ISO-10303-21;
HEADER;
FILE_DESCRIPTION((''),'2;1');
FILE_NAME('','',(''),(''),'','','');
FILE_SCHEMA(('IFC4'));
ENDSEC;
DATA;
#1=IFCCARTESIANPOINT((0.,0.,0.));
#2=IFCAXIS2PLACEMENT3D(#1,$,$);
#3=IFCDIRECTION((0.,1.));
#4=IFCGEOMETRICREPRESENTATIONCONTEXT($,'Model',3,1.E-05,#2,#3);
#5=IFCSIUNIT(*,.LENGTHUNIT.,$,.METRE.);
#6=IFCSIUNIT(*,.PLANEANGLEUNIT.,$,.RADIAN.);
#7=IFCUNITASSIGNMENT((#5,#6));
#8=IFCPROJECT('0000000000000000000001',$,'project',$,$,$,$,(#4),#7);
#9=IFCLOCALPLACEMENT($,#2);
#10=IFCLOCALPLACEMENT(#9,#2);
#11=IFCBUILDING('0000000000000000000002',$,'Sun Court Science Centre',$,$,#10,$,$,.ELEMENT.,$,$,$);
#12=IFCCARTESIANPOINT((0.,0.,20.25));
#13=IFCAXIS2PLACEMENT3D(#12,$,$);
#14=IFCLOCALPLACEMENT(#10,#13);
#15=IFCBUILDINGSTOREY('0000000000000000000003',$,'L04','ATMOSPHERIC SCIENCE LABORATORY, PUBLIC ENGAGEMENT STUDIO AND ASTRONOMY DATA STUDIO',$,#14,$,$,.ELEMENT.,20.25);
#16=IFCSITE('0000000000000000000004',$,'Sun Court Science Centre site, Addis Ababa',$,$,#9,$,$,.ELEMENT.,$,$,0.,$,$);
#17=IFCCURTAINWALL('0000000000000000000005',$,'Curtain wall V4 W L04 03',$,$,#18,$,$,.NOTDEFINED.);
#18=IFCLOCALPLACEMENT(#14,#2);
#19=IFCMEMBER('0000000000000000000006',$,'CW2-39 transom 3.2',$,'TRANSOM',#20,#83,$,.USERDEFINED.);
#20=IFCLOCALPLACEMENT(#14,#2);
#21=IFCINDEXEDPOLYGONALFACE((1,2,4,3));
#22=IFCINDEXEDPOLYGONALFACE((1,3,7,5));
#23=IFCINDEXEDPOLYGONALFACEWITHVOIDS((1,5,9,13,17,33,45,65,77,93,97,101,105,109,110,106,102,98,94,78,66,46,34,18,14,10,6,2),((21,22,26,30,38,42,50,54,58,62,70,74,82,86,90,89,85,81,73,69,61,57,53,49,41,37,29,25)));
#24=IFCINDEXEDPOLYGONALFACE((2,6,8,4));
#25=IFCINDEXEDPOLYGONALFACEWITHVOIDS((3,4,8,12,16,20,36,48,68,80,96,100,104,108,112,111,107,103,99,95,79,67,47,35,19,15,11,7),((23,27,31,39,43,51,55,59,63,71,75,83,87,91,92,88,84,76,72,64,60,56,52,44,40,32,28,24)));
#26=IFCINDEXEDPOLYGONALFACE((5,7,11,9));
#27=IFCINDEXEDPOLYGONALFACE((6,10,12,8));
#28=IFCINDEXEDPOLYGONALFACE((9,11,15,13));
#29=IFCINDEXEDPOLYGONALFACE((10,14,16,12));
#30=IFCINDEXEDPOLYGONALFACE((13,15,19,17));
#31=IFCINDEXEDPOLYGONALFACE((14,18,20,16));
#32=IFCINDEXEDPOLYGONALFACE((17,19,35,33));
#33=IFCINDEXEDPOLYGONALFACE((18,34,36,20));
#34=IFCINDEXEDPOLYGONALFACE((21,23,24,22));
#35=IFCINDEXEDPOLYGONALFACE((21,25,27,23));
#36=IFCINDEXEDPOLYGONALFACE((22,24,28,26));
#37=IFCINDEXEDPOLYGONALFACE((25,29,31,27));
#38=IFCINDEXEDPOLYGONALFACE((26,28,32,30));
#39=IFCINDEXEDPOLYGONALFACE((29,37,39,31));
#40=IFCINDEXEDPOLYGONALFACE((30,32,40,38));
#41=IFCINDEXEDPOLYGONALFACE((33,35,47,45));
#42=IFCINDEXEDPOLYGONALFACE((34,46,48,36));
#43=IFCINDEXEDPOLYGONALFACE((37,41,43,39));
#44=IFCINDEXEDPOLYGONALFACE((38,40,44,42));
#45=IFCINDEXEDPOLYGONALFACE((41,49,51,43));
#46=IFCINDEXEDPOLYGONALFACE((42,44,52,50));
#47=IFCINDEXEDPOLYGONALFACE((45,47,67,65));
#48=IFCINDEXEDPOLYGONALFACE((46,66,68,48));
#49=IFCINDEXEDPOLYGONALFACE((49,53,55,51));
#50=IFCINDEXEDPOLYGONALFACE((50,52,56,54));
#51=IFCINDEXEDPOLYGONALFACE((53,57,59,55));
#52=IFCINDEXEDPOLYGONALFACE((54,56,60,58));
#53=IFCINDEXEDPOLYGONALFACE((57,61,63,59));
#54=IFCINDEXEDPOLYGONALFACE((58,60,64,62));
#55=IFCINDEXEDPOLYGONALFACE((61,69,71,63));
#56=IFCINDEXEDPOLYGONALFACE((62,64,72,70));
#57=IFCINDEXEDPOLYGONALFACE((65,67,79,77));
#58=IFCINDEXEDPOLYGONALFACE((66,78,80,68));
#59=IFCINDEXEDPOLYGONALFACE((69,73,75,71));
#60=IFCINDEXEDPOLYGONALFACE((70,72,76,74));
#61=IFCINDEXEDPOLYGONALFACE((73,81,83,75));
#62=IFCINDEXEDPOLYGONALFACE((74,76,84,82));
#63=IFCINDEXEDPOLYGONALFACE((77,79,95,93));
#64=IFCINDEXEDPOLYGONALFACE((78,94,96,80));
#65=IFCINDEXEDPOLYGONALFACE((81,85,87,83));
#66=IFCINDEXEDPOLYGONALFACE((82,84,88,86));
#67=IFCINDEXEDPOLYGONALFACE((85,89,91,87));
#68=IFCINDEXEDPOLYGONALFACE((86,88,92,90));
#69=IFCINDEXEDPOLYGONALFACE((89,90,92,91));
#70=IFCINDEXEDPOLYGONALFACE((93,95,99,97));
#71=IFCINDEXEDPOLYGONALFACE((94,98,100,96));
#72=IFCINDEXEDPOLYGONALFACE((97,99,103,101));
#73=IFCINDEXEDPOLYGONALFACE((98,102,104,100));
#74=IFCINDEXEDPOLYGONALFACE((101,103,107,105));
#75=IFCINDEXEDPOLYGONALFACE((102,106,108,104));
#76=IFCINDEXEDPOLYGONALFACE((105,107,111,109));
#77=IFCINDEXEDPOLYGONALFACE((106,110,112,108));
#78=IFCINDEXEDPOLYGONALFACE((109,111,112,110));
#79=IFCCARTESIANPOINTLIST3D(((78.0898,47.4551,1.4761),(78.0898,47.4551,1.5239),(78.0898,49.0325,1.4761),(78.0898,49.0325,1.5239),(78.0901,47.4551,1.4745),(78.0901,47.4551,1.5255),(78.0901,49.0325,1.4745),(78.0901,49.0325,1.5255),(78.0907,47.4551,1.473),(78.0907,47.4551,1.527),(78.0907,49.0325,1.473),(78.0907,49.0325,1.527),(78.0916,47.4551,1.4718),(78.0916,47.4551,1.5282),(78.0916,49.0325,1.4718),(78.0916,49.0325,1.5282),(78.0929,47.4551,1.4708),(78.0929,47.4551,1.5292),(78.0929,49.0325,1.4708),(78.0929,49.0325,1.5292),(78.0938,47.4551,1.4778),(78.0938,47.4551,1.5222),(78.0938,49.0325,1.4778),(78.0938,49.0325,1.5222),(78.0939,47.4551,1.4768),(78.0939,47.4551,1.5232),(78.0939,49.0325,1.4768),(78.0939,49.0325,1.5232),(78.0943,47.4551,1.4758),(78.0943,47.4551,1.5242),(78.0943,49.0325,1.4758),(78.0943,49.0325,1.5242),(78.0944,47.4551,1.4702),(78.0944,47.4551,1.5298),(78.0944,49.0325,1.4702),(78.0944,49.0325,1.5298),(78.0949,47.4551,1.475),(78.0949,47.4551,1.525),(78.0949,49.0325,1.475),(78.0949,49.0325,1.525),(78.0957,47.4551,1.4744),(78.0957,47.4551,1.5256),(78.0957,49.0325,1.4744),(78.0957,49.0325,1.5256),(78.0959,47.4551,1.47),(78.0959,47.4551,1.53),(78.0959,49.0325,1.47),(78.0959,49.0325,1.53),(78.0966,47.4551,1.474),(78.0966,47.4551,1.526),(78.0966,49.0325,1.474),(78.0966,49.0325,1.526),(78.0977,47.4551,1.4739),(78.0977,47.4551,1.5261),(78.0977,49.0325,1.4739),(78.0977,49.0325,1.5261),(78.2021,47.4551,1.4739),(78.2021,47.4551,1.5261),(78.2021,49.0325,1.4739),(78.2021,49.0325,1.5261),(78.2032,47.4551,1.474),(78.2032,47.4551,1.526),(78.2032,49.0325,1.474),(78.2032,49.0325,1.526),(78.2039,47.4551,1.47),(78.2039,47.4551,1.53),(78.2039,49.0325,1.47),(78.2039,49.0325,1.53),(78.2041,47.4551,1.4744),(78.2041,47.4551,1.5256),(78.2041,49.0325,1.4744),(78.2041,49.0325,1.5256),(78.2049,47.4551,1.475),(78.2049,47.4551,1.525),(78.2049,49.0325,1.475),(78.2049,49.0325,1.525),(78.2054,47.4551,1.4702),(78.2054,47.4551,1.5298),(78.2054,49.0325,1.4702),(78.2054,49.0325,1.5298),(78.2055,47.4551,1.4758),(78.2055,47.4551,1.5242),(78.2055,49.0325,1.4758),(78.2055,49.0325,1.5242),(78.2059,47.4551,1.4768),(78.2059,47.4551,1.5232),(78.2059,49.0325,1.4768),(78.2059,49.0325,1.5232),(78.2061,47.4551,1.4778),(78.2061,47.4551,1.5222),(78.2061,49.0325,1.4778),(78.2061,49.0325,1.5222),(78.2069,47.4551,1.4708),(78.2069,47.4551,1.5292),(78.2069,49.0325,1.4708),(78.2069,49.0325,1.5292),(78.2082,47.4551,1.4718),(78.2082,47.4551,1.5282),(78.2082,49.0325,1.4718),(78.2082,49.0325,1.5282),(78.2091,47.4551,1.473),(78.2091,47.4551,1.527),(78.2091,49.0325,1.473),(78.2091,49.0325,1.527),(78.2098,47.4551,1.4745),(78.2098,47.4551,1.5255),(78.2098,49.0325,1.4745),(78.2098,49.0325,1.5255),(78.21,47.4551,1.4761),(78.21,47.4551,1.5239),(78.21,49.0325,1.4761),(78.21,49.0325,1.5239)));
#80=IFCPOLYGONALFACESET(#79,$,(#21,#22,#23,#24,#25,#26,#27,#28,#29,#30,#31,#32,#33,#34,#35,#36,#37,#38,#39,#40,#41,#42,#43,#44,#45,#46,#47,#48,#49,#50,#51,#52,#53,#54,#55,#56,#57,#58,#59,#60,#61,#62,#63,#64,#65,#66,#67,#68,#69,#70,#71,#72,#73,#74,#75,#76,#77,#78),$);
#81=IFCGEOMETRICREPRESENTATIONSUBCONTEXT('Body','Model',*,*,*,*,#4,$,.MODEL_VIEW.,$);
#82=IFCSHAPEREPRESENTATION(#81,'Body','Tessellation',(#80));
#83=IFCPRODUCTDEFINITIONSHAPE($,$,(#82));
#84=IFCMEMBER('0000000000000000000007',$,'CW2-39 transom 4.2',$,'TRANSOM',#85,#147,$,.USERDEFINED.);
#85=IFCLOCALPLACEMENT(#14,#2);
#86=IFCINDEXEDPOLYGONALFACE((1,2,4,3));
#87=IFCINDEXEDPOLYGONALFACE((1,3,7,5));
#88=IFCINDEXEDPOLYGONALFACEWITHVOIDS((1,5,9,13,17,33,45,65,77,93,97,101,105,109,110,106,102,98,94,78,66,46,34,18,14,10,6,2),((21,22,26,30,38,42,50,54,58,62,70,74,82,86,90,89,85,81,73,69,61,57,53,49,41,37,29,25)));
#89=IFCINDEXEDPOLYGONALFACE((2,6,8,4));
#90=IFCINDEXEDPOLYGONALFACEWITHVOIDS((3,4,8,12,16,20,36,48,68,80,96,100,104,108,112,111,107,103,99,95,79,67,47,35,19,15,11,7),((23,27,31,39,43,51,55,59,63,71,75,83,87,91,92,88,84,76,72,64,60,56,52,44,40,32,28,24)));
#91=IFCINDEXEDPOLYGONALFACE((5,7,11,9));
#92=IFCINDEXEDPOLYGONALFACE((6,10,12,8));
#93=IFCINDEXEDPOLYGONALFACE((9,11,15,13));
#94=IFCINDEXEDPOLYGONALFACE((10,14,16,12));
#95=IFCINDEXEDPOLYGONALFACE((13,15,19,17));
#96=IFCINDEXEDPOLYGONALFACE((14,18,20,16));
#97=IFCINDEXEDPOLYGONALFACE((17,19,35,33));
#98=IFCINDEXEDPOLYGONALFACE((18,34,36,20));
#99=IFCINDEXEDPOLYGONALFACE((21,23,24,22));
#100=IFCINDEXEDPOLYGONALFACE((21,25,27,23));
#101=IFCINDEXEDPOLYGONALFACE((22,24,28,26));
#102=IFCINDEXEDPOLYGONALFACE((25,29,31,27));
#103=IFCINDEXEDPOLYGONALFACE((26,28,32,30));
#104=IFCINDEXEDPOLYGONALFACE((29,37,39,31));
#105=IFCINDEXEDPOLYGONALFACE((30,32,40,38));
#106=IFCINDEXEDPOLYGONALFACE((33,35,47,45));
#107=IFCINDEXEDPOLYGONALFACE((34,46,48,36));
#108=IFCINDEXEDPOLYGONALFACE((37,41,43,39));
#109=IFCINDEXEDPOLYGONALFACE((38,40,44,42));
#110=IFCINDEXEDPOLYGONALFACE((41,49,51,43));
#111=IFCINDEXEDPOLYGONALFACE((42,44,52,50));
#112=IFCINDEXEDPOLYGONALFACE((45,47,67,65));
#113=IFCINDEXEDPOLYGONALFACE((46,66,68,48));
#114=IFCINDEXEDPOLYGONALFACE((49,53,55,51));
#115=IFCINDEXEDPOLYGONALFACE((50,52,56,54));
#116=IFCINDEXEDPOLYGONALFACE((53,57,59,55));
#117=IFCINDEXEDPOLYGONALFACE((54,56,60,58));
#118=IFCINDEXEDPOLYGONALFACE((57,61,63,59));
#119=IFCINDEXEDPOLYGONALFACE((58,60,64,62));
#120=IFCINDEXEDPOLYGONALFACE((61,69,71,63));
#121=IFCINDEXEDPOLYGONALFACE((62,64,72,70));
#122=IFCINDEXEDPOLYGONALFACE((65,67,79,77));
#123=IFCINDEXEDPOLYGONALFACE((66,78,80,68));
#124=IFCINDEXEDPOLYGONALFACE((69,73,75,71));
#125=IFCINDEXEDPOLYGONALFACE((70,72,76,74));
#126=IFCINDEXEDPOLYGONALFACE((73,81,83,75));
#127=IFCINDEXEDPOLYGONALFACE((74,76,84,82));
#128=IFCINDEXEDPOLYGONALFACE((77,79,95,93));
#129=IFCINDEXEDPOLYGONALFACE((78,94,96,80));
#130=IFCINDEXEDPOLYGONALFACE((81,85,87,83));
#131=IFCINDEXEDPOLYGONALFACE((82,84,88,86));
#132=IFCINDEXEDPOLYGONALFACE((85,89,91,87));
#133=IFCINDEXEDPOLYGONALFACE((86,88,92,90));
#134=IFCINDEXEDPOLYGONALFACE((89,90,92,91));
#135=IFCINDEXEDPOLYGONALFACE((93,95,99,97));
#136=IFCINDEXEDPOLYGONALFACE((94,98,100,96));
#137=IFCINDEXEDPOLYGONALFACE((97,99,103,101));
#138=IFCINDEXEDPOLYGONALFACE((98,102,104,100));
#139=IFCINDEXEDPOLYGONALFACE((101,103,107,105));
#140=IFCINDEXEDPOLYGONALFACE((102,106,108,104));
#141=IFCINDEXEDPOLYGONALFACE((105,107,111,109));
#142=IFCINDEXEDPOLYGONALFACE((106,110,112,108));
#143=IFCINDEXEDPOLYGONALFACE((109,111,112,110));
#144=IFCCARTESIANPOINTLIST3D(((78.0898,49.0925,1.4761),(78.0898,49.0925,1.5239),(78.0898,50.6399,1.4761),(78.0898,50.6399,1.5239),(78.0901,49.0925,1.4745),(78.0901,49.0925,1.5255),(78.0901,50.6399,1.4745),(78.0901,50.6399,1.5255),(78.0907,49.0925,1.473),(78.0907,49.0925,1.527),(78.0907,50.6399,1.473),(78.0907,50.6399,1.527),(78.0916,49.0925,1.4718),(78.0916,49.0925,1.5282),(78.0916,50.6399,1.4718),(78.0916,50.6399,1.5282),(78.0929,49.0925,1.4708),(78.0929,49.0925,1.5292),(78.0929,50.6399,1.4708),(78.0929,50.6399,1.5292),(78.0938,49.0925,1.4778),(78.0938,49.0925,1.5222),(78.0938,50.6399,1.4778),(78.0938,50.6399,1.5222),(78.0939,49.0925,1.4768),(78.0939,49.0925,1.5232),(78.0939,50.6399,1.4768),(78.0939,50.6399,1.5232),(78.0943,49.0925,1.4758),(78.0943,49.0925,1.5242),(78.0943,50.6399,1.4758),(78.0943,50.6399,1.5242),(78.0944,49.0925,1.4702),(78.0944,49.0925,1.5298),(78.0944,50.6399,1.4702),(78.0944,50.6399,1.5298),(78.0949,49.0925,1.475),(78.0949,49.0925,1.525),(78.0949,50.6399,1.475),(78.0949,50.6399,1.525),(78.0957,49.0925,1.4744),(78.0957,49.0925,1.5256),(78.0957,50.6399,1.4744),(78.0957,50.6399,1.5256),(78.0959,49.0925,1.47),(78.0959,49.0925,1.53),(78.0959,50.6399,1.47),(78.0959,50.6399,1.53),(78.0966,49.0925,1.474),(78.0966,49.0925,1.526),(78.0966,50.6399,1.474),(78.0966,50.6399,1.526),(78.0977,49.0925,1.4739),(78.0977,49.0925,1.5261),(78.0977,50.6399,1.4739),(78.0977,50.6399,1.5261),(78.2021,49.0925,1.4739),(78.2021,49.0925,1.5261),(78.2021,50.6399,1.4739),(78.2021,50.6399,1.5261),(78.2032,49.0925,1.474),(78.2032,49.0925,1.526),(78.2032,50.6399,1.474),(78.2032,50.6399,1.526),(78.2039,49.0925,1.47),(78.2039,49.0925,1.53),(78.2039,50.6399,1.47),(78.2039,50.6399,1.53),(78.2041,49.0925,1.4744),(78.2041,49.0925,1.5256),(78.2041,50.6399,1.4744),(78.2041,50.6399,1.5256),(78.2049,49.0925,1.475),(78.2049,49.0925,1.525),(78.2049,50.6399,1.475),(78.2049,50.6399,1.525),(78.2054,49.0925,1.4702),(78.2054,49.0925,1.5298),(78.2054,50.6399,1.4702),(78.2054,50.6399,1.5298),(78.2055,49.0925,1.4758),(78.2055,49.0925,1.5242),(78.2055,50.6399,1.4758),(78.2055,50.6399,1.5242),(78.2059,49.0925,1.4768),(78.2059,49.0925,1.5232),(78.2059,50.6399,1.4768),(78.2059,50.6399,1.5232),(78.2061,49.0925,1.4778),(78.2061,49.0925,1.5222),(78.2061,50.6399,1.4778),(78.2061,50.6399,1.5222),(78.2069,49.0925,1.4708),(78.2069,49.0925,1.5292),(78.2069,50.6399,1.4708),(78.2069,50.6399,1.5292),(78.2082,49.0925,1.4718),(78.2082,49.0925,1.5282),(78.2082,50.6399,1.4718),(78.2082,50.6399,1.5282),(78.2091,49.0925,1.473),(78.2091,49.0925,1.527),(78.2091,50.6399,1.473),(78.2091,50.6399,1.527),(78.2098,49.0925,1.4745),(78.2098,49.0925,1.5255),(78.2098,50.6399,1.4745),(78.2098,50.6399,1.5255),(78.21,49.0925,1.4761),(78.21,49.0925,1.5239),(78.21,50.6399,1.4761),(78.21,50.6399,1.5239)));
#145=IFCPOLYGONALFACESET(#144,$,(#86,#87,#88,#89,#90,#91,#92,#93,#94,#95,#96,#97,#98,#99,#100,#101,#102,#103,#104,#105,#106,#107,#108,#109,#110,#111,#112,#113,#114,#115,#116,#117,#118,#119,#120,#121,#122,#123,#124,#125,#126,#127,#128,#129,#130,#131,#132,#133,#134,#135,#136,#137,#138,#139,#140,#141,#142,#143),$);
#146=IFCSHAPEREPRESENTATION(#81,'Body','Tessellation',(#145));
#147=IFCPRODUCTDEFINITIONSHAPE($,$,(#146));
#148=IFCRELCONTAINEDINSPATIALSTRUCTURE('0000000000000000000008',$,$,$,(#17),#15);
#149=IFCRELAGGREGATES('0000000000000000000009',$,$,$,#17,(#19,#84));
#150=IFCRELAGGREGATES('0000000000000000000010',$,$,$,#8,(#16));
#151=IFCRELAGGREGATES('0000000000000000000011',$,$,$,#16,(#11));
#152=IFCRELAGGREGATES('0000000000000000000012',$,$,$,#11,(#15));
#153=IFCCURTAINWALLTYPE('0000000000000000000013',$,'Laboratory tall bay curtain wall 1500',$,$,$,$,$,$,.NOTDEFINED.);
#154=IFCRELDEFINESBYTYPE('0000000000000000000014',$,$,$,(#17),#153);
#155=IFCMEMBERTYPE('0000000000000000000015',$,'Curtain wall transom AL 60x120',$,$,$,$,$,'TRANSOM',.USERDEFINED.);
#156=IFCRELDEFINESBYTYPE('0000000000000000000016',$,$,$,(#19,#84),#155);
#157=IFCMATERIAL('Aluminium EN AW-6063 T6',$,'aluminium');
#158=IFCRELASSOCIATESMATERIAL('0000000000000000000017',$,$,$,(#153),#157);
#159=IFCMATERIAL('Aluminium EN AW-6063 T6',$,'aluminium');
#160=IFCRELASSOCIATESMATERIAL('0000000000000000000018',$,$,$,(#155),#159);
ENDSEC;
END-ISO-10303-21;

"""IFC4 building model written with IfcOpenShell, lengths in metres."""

from ifc_helpers import new_model, si_unit, direction, frame, origin, origin_2d, place, context, subcontext, project, spatial, hollow_rectangle, extrude, material, material_profile, profile_set, type_object, element, aggregate, save


model = new_model("IFC4")

# Units and contexts
model_context = context("Model", 3, precision=1e-05, world=origin(), true_north=direction((0.0, 1.0)))
body_context = subcontext(model_context, "Body", "Model", "MODEL_VIEW")
ifc_project = project(units=[si_unit("LENGTHUNIT", "METRE"), si_unit("PLANEANGLEUNIT", "RADIAN")], contexts=[model_context])

# Site, building, storey
site_placement = place(None, origin())
site = spatial("IfcSite", under=ifc_project, at=site_placement, Name="Sun Court Science Centre site, Addis Ababa", CompositionType="ELEMENT", RefElevation=0.0)
building_placement = place(site_placement, origin())
building = spatial("IfcBuilding", under=site, at=building_placement, Name="Sun Court Science Centre", CompositionType="ELEMENT")
storey_placement = place(building_placement, frame((0.0, 0.0, 20.25)))
storey = spatial("IfcBuildingStorey", under=building, at=storey_placement, Name="L04", Description="ATMOSPHERIC SCIENCE LABORATORY, PUBLIC ENGAGEMENT STUDIO AND ASTRONOMY DATA STUDIO", CompositionType="ELEMENT", Elevation=20.25)

# Shared definitions
ifc_material_1 = material(Name="Aluminium EN AW-6063 T6", Category="aluminium")
curtain_wall_type = type_object("IfcCurtainWallType", Name="Laboratory tall bay curtain wall 1500", PredefinedType="NOTDEFINED", material=ifc_material_1)

# Curtain wall
curtain_wall_1_placement = place(storey_placement, origin())
curtain_wall_1 = element("IfcCurtainWall", 1, at=curtain_wall_1_placement, inside=storey, type_object=curtain_wall_type, Name="Curtain wall V4 W L04 03", PredefinedType="NOTDEFINED")

# Members
ifc_material_2 = material(Name="Aluminium EN AW-6063 T6", Category="aluminium")
ifc_material_profile_1 = material_profile(ifc_material_2, hollow_rectangle(XDim=0.0601, YDim=0.1201, WallThickness=0.0039, InnerFilletRadius=0.0039, OuterFilletRadius=0.0061, at=origin_2d()), Name="AL 60x120x4")
ifc_profile_set_1 = profile_set([ifc_material_profile_1], Name="Aluminium EN AW-6063 T6")
member_type_1 = type_object("IfcMemberType", Name="Curtain wall transom AL 60x120", ElementType="TRANSOM", PredefinedType="USERDEFINED", material=ifc_profile_set_1)
member_1_placement = place(storey_placement, frame((78.1499, 47.4551, 1.5), z_axis=(0.0, 1.0, 0.0), x_axis=(0.0, 0.0, 1.0)))
member_1 = element("IfcMember", 2, at=member_1_placement, type_object=member_type_1, Name="CW2-39 transom 3.2", ObjectType="TRANSOM", PredefinedType="USERDEFINED", context=body_context, shape_type="SweptSolid", body=[
    extrude(hollow_rectangle(XDim=0.0601, YDim=0.1201, WallThickness=0.0039, InnerFilletRadius=0.0039, OuterFilletRadius=0.0061, at=origin_2d()), origin(), (0.0, 0.0, 1.0), 1.5774),
])
member_2_placement = place(storey_placement, frame((78.1499, 49.0925, 1.5), z_axis=(0.0, 1.0, 0.0), x_axis=(0.0, 0.0, 1.0)))
member_2 = element("IfcMember", 3, at=member_2_placement, type_object=member_type_1, Name="CW2-39 transom 4.2", ObjectType="TRANSOM", PredefinedType="USERDEFINED", context=body_context, shape_type="SweptSolid", body=[
    extrude(hollow_rectangle(XDim=0.0601, YDim=0.1201, WallThickness=0.0039, InnerFilletRadius=0.0039, OuterFilletRadius=0.0061, at=origin_2d()), origin(), (0.0, 0.0, 1.0), 1.5474),
])

aggregate(curtain_wall_1, [member_1, member_2])

save(model, "model.ifc")
